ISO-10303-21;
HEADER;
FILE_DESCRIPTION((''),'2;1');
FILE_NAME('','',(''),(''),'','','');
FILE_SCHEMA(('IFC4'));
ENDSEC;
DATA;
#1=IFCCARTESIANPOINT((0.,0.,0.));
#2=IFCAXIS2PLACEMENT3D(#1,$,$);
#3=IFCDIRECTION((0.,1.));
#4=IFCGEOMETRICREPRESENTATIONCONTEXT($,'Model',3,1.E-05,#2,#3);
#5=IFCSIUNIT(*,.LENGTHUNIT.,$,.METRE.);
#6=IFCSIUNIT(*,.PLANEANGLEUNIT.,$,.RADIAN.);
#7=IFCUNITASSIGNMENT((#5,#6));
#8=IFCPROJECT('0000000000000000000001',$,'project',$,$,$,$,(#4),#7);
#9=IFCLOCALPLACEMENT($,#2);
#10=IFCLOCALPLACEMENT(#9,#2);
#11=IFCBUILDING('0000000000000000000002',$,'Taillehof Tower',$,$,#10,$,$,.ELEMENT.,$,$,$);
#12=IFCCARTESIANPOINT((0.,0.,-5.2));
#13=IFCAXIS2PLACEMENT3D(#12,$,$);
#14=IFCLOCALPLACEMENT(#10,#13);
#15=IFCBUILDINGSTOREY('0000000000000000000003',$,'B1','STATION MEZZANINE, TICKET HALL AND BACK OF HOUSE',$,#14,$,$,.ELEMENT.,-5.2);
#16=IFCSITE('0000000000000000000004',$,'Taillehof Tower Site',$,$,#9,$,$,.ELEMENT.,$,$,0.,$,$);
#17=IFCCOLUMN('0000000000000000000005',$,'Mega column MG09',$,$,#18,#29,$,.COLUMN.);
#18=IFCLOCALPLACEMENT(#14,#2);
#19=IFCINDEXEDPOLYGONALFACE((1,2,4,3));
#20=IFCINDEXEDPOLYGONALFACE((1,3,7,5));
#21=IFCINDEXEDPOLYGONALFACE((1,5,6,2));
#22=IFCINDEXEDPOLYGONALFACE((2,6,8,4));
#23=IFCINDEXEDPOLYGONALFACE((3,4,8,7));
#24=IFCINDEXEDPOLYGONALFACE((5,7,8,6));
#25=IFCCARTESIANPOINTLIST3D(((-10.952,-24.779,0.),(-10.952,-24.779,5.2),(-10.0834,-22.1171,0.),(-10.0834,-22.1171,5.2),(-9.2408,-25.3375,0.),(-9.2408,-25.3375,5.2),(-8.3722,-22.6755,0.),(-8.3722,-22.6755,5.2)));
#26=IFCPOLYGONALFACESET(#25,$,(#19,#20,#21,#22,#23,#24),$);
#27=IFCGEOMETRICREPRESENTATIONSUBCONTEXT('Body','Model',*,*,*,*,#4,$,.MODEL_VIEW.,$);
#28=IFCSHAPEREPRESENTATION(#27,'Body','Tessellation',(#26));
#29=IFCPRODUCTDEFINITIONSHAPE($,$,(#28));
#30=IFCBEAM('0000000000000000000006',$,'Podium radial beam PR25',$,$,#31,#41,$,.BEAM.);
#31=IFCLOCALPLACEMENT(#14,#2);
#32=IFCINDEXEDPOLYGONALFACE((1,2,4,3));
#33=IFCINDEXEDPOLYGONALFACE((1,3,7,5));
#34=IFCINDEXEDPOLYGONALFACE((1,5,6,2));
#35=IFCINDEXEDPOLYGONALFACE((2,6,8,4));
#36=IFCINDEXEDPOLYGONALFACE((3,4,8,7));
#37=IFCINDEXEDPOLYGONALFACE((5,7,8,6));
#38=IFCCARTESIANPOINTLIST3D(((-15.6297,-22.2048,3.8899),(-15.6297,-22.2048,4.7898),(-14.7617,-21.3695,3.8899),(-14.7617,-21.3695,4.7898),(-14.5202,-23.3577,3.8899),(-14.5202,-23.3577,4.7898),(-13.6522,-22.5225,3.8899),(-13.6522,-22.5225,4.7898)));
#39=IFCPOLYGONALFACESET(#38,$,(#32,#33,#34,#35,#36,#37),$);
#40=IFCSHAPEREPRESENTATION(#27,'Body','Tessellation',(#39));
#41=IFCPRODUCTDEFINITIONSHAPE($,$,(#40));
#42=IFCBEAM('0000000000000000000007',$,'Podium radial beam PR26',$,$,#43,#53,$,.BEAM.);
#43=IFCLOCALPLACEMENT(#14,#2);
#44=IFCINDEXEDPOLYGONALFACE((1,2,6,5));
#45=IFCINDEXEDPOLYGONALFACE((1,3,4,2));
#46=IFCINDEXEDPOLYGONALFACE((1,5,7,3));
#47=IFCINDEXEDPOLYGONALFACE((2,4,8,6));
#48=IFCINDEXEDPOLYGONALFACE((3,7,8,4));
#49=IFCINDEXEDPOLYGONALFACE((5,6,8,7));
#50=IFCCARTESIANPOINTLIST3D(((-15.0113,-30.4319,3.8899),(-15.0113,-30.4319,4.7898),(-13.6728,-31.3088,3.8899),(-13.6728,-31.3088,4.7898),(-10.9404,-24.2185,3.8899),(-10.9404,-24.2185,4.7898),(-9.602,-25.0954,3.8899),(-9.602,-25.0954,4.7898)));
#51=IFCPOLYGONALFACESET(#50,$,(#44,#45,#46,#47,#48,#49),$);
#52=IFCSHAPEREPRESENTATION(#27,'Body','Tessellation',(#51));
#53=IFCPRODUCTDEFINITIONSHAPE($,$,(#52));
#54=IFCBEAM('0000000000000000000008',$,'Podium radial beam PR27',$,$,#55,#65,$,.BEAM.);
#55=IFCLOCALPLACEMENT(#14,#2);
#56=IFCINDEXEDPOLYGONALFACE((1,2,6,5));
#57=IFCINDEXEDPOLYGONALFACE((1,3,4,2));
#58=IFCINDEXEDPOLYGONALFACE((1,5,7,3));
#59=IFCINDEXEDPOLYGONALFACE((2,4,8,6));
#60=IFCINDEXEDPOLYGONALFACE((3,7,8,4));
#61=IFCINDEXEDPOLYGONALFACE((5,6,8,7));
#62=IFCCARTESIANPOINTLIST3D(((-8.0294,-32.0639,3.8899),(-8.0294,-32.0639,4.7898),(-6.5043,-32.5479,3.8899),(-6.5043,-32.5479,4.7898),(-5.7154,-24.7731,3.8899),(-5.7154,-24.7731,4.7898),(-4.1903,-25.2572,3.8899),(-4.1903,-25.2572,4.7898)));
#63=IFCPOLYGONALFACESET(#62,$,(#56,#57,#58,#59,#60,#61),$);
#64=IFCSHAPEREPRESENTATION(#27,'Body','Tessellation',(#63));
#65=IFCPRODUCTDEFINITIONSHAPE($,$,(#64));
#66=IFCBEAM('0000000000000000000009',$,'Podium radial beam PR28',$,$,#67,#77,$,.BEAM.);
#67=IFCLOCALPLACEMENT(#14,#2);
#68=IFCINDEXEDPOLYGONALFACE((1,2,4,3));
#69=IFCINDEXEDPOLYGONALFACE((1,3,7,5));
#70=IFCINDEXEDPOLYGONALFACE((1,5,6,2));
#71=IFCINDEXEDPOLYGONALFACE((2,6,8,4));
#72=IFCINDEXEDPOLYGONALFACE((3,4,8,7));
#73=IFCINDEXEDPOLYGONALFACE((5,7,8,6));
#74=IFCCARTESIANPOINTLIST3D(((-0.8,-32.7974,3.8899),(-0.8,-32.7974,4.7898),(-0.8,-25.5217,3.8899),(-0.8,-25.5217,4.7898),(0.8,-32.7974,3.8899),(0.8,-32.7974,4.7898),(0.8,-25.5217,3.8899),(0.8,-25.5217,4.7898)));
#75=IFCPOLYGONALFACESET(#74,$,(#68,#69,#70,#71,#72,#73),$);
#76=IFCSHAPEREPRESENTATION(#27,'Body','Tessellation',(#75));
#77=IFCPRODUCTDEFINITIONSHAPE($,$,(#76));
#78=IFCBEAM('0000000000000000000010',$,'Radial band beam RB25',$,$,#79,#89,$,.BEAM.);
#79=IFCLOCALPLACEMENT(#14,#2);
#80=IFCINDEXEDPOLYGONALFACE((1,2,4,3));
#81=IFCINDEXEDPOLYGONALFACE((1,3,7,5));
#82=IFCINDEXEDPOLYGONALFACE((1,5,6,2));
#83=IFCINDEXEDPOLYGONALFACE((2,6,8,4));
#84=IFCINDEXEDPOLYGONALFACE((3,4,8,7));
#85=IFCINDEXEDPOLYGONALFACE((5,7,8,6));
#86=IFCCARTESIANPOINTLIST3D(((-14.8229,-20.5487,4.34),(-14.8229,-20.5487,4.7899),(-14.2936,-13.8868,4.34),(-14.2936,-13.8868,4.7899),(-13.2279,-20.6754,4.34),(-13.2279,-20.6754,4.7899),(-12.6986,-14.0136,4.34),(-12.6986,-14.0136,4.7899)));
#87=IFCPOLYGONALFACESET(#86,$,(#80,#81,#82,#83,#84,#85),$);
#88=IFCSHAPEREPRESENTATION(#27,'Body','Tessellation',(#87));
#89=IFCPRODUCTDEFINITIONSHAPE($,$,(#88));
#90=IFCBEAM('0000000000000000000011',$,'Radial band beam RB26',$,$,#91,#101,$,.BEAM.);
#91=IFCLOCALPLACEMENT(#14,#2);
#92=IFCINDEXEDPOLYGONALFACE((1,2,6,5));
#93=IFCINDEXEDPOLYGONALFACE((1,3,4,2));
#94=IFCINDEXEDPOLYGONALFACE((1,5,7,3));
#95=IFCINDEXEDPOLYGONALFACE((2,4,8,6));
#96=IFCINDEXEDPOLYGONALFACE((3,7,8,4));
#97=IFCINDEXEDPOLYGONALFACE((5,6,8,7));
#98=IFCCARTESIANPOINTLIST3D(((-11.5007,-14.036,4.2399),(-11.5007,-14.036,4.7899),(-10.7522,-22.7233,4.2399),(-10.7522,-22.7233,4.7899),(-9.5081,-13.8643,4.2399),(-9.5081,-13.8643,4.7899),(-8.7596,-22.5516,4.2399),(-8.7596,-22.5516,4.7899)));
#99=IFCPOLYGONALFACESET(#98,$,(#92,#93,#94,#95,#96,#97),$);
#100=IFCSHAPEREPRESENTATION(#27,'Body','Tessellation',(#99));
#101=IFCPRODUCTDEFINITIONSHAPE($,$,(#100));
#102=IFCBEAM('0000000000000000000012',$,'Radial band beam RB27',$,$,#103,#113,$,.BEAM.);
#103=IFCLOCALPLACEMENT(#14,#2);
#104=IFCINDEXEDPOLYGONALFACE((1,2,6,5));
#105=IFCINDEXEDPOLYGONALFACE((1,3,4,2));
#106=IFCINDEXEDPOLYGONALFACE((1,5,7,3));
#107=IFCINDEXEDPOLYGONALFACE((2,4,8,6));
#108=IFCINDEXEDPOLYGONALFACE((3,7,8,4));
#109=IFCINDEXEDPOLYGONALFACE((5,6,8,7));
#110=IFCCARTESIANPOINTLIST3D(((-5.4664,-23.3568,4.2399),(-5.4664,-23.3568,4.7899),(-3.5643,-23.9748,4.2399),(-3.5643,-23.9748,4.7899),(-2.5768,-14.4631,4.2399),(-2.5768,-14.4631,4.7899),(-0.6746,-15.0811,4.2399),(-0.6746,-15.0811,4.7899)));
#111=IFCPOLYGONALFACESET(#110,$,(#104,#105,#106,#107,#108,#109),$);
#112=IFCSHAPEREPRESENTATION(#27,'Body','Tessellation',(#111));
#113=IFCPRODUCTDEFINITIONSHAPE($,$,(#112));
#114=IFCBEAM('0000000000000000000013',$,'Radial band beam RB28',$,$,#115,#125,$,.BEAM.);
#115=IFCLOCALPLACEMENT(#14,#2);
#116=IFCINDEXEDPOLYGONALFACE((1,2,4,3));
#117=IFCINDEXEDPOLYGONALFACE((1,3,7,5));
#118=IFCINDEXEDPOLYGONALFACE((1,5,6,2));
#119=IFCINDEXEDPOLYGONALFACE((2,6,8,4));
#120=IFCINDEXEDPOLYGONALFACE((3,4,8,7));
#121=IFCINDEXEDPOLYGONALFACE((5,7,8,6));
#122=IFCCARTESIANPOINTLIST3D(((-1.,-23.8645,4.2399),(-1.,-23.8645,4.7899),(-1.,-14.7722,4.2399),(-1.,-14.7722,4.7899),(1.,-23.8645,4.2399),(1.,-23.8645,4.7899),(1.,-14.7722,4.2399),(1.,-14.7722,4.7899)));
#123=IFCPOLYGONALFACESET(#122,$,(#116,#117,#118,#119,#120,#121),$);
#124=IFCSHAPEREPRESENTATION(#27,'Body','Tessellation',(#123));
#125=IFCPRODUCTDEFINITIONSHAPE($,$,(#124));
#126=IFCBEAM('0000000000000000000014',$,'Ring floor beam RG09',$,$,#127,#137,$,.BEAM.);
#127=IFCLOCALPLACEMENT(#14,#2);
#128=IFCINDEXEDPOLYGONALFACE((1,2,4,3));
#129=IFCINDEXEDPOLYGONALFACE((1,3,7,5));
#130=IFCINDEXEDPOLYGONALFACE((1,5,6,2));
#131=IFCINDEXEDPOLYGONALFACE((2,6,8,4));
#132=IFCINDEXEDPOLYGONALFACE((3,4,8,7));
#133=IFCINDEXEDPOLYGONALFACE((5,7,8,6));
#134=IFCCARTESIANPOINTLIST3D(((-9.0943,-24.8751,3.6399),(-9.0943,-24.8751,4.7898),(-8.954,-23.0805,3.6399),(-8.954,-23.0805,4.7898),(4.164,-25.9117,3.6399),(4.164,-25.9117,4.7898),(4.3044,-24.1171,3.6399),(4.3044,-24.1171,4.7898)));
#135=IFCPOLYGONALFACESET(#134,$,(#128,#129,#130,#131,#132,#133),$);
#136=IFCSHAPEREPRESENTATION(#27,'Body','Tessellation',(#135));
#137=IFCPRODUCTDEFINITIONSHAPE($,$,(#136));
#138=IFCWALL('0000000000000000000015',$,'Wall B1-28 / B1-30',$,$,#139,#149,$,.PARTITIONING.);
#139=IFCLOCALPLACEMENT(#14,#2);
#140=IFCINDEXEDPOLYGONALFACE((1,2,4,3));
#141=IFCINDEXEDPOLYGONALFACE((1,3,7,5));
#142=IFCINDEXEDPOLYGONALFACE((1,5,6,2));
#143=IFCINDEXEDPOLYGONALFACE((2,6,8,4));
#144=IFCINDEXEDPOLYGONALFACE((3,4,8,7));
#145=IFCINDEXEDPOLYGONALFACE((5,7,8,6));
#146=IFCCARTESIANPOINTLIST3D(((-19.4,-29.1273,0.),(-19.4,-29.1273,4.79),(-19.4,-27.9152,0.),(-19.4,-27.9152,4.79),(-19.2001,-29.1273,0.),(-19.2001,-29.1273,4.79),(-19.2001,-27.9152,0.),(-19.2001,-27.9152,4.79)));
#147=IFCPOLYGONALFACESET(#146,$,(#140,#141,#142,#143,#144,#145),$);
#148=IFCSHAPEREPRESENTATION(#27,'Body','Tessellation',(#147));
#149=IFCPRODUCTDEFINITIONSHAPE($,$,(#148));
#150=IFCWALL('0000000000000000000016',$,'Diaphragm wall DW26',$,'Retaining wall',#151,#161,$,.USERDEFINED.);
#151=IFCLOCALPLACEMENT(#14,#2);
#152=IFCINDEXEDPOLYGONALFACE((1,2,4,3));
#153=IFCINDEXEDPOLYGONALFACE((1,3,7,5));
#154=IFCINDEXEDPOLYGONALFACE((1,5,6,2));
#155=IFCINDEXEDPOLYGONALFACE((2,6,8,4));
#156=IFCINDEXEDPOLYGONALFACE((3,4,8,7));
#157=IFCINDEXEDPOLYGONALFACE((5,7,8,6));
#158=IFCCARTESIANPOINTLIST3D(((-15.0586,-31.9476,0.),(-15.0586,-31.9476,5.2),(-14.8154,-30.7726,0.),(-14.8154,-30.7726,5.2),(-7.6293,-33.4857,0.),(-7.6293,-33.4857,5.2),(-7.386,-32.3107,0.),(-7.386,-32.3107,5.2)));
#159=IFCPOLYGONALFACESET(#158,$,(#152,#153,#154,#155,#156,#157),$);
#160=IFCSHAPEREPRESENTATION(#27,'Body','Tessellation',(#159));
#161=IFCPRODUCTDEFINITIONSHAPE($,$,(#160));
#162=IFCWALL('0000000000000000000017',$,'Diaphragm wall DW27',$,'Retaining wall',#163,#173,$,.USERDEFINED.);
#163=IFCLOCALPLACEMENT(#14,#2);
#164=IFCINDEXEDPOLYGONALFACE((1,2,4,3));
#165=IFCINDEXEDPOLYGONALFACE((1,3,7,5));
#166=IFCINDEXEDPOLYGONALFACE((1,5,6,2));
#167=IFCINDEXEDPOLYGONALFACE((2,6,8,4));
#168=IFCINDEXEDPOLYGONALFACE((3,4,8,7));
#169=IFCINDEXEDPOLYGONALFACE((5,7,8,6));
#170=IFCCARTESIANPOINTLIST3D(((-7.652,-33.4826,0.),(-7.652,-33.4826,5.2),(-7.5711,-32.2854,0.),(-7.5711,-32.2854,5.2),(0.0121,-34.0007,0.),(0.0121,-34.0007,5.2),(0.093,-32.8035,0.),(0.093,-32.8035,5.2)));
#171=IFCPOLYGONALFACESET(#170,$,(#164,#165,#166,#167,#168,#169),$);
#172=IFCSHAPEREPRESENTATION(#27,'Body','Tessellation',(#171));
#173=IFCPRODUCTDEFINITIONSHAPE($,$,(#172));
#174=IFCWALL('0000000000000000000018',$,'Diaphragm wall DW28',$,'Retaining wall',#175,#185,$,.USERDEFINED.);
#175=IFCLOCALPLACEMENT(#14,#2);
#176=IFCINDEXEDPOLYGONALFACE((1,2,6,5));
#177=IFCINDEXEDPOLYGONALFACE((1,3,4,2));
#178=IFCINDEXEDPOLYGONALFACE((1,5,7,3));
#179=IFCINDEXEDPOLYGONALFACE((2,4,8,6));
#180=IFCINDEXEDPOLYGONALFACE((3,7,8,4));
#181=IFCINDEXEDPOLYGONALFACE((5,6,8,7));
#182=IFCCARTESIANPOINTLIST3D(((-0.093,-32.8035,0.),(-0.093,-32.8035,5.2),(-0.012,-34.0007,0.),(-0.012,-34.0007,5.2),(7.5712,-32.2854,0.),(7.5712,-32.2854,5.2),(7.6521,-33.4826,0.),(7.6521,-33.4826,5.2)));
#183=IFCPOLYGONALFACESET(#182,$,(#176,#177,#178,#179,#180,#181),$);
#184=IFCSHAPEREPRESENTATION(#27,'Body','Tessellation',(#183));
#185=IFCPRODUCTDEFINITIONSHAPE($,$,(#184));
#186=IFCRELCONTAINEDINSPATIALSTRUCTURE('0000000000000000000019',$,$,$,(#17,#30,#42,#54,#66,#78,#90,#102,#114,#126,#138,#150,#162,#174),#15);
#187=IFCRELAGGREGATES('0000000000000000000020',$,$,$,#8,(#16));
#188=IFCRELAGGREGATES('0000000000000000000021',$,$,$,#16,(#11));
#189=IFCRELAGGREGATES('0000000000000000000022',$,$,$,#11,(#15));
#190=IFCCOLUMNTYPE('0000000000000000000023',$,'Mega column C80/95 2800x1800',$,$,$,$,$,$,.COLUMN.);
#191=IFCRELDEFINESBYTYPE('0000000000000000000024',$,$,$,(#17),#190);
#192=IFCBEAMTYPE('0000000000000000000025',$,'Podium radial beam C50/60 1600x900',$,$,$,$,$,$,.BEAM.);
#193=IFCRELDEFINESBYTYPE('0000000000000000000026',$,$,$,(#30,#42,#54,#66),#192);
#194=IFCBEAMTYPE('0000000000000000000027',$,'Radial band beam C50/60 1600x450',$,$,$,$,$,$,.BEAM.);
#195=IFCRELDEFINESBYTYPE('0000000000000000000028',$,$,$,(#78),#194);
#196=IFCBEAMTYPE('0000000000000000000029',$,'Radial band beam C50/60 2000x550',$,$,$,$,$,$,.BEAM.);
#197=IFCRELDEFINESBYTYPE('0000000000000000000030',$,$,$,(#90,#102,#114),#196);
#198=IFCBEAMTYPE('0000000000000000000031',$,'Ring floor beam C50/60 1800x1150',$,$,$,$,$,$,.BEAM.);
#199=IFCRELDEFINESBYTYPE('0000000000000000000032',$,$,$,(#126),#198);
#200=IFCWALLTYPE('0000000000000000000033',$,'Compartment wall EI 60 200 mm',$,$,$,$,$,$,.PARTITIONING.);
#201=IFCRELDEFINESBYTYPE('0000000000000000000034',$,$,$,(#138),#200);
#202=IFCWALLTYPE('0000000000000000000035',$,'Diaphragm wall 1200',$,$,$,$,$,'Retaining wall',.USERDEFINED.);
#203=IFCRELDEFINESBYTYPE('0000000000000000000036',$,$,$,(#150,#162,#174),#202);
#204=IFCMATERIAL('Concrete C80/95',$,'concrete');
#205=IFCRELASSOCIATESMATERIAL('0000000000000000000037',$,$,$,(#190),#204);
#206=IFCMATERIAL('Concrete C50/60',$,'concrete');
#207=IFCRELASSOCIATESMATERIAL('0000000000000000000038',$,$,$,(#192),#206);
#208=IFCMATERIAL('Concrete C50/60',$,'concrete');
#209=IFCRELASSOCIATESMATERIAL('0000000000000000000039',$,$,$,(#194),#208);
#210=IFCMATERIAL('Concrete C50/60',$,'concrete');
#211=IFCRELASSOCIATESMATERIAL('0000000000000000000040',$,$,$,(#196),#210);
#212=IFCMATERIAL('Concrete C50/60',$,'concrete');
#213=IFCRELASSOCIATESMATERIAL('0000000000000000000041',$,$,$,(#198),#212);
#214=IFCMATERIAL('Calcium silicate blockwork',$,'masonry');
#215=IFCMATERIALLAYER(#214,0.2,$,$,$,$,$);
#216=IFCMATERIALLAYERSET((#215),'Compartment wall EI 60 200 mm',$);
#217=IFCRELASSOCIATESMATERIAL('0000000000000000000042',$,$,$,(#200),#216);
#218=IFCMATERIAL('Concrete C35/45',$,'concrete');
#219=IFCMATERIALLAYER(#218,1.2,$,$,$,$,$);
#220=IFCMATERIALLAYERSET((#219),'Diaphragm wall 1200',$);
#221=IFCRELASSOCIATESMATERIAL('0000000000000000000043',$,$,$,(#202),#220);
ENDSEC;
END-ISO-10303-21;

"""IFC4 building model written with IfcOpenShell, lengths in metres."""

from ifc_helpers import new_model, si_unit, direction, frame, frame_2d, origin, origin_2d, place, context, subcontext, project, spatial, rectangle, extrude, material, layer, layer_set, material_profile, profile_set, type_object, element, save


model = new_model("IFC4")

# Units and contexts
model_context = context("Model", 3, precision=1e-05, world=origin(), true_north=direction((0.0, 1.0)))
body_context = subcontext(model_context, "Body", "Model", "MODEL_VIEW")
ifc_project = project(units=[si_unit("LENGTHUNIT", "METRE"), si_unit("PLANEANGLEUNIT", "RADIAN")], contexts=[model_context])

# Site, building, storey
site_placement = place(None, origin())
site = spatial("IfcSite", under=ifc_project, at=site_placement, Name="Taillehof Tower Site", CompositionType="ELEMENT", RefElevation=0.0)
building_placement = place(site_placement, origin())
building = spatial("IfcBuilding", under=site, at=building_placement, Name="Taillehof Tower", CompositionType="ELEMENT")
storey_placement = place(building_placement, frame((0.0, 0.0, -5.2)))
storey = spatial("IfcBuildingStorey", under=building, at=storey_placement, Name="B1", Description="STATION MEZZANINE, TICKET HALL AND BACK OF HOUSE", CompositionType="ELEMENT", Elevation=-5.2)

# Column
ifc_material_1 = material(Name="Concrete C80/95", Category="concrete")
ifc_material_profile_1 = material_profile(ifc_material_1, rectangle(XDim=2.8, YDim=1.8, at=origin_2d()), Name="RC 2800x1800")
ifc_profile_set_1 = profile_set([ifc_material_profile_1], Name="Concrete C80/95")
column_type = type_object("IfcColumnType", Name="Mega column C80/95 2800x1800", PredefinedType="COLUMN", material=ifc_profile_set_1)
column_placement = place(storey_placement, frame((-9.6621, -23.7273, 0.0), z_axis=(0.0, 0.0, 1.0), x_axis=(-0.310219, -0.950665, 0.0)))
element("IfcColumn", 1, at=column_placement, inside=storey, type_object=column_type, Name="Mega column MG09", PredefinedType="COLUMN", context=body_context, shape_type="SweptSolid", body=[
    extrude(rectangle(XDim=2.8, YDim=1.8, at=origin_2d()), origin(), (0.0, 0.0, 1.0), 5.2),
])

# Beams
ifc_material_2 = material(Name="Concrete C50/60", Category="concrete")
ifc_material_profile_2 = material_profile(ifc_material_2, rectangle(XDim=1.6001, YDim=0.8999, at=origin_2d()), Name="RC 1600x900")
ifc_profile_set_2 = profile_set([ifc_material_profile_2], Name="Concrete C50/60")
beam_type_1 = type_object("IfcBeamType", Name="Podium radial beam C50/60 1600x900", PredefinedType="BEAM", material=ifc_profile_set_2)
beam_1_placement = place(storey_placement, frame((-15.075, -22.7812, 4.3398), z_axis=(0.720556, 0.693396, 0.0), x_axis=(-0.693396, 0.720556, 0.0)))
element("IfcBeam", 2, at=beam_1_placement, inside=storey, type_object=beam_type_1, Name="Podium radial beam PR25", PredefinedType="BEAM", context=body_context, shape_type="SweptSolid", body=[
    extrude(rectangle(XDim=1.6001, YDim=0.8999, at=origin_2d()), origin(), (0.0, 0.0, 1.0), 1.2046),
])
beam_2_placement = place(storey_placement, frame((-14.342, -30.8704, 4.3398), z_axis=(0.548023, 0.836463, 0.0), x_axis=(-0.836463, 0.548023, 0.0)))
element("IfcBeam", 3, at=beam_2_placement, inside=storey, type_object=beam_type_1, Name="Podium radial beam PR26", PredefinedType="BEAM", context=body_context, shape_type="SweptSolid", body=[
    extrude(rectangle(XDim=1.6001, YDim=0.8999, at=origin_2d()), origin(), (0.0, 0.0, 1.0), 7.4282),
])
beam_3_placement = place(storey_placement, frame((-7.2668, -32.3059, 4.3398), z_axis=(0.302512, 0.953146, 0.0), x_axis=(-0.953146, 0.302512, 0.0)))
element("IfcBeam", 4, at=beam_3_placement, inside=storey, type_object=beam_type_1, Name="Podium radial beam PR27", PredefinedType="BEAM", context=body_context, shape_type="SweptSolid", body=[
    extrude(rectangle(XDim=1.6001, YDim=0.8999, at=origin_2d()), origin(), (0.0, 0.0, 1.0), 7.6492),
])
beam_4_placement = place(storey_placement, frame((0.0, -32.7974, 4.3398), z_axis=(0.0, 1.0, 0.0), x_axis=(-1.0, 0.0, 0.0)))
element("IfcBeam", 5, at=beam_4_placement, inside=storey, type_object=beam_type_1, Name="Podium radial beam PR28", PredefinedType="BEAM", context=body_context, shape_type="SweptSolid", body=[
    extrude(rectangle(XDim=1.6001, YDim=0.8999, at=origin_2d()), origin(), (0.0, 0.0, 1.0), 7.2756),
])
ifc_material_3 = material(Name="Concrete C50/60", Category="concrete")
ifc_material_profile_3 = material_profile(ifc_material_3, rectangle(XDim=1.6001, YDim=0.45, at=origin_2d()), Name="RC 1600x450")
ifc_profile_set_3 = profile_set([ifc_material_profile_3], Name="Concrete C50/60")
beam_type_2 = type_object("IfcBeamType", Name="Radial band beam C50/60 1600x450", PredefinedType="BEAM", material=ifc_profile_set_3)
beam_5_placement = place(storey_placement, frame((-14.0254, -20.6121, 4.5649), z_axis=(0.079202, 0.996859, 0.0), x_axis=(-0.996859, 0.079202, 0.0)))
element("IfcBeam", 6, at=beam_5_placement, inside=storey, type_object=beam_type_2, Name="Radial band beam RB25", PredefinedType="BEAM", context=body_context, shape_type="SweptSolid", body=[
    extrude(rectangle(XDim=1.6001, YDim=0.45, at=origin_2d()), origin(), (0.0, 0.0, 1.0), 6.6829),
])
ifc_material_4 = material(Name="Concrete C50/60", Category="concrete")
ifc_material_profile_4 = material_profile(ifc_material_4, rectangle(XDim=2.0, YDim=0.55, at=origin_2d()), Name="RC 2000x550")
ifc_profile_set_4 = profile_set([ifc_material_profile_4], Name="Concrete C50/60")
beam_type_3 = type_object("IfcBeamType", Name="Radial band beam C50/60 2000x550", PredefinedType="BEAM", material=ifc_profile_set_4)
beam_6_placement = place(storey_placement, frame((-9.7559, -22.6375, 4.5149), z_axis=(-0.085847, 0.996308, 0.0), x_axis=(-0.996308, -0.085847, 0.0)))
element("IfcBeam", 7, at=beam_6_placement, inside=storey, type_object=beam_type_3, Name="Radial band beam RB26", PredefinedType="BEAM", context=body_context, shape_type="SweptSolid", body=[
    extrude(rectangle(XDim=2.0, YDim=0.55, at=origin_2d()), origin(), (0.0, 0.0, 1.0), 8.7195),
])
beam_7_placement = place(storey_placement, frame((-4.5154, -23.6658, 4.5149), z_axis=(0.309013, 0.951058, 0.0), x_axis=(-0.951058, 0.309013, 0.0)))
element("IfcBeam", 8, at=beam_7_placement, inside=storey, type_object=beam_type_3, Name="Radial band beam RB27", PredefinedType="BEAM", context=body_context, shape_type="SweptSolid", body=[
    extrude(rectangle(XDim=2.0, YDim=0.55, at=origin_2d()), origin(), (0.0, 0.0, 1.0), 9.3513),
])
beam_8_placement = place(storey_placement, frame((0.0, -23.8645, 4.5149), z_axis=(0.0, 1.0, 0.0), x_axis=(-1.0, 0.0, 0.0)))
element("IfcBeam", 9, at=beam_8_placement, inside=storey, type_object=beam_type_3, Name="Radial band beam RB28", PredefinedType="BEAM", context=body_context, shape_type="SweptSolid", body=[
    extrude(rectangle(XDim=2.0, YDim=0.55, at=origin_2d()), origin(), (0.0, 0.0, 1.0), 9.0923),
])
ifc_material_5 = material(Name="Concrete C50/60", Category="concrete")
ifc_material_profile_5 = material_profile(ifc_material_5, rectangle(XDim=1.8, YDim=1.1499, at=origin_2d()), Name="RC 1800x1150")
ifc_profile_set_5 = profile_set([ifc_material_profile_5], Name="Concrete C50/60")
beam_type_4 = type_object("IfcBeamType", Name="Ring floor beam C50/60 1800x1150", PredefinedType="BEAM", material=ifc_profile_set_5)
beam_9_placement = place(storey_placement, frame((-9.0242, -23.9778, 4.2148), z_axis=(0.996957, -0.077949, 0.0), x_axis=(0.077949, 0.996957, 0.0)))
element("IfcBeam", 10, at=beam_9_placement, inside=storey, type_object=beam_type_4, Name="Ring floor beam RG09", PredefinedType="BEAM", context=body_context, shape_type="SweptSolid", body=[
    extrude(rectangle(XDim=1.8, YDim=1.1499, at=origin_2d()), origin(), (0.0, 0.0, 1.0), 13.2988),
])

# Walls
ifc_material_6 = material(Name="Calcium silicate blockwork", Category="masonry")
ifc_layer_1 = layer(ifc_material_6, 0.2)
ifc_layer_set_1 = layer_set([ifc_layer_1], Name="Compartment wall EI 60 200 mm")
wall_type_1 = type_object("IfcWallType", Name="Compartment wall EI 60 200 mm", PredefinedType="PARTITIONING", material=ifc_layer_set_1)
wall_1_placement = place(storey_placement, frame((-19.3, -29.1272, 0.0), z_axis=(0.0, 0.0, 1.0), x_axis=(0.0, 1.0, 0.0)))
element("IfcWall", 11, at=wall_1_placement, inside=storey, type_object=wall_type_1, Name="Wall B1-28 / B1-30", PredefinedType="PARTITIONING", context=body_context, shape_type="SweptSolid", body=[
    extrude(rectangle(XDim=1.2122, YDim=0.2, at=frame_2d((0.606, 0.0))), origin(), (0.0, 0.0, 1.0), 4.79),
])
ifc_material_7 = material(Name="Concrete C35/45", Category="concrete")
ifc_layer_2 = layer(ifc_material_7, 1.2)
ifc_layer_set_2 = layer_set([ifc_layer_2], Name="Diaphragm wall 1200")
wall_type_2 = type_object("IfcWallType", Name="Diaphragm wall 1200", ElementType="Retaining wall", PredefinedType="USERDEFINED", material=ifc_layer_set_2)
wall_2_placement = place(storey_placement, frame((-14.937, -31.3601, 0.0), z_axis=(0.0, 0.0, 1.0), x_axis=(0.979235, -0.202727, 0.0)))
element("IfcWall", 12, at=wall_2_placement, inside=storey, type_object=wall_type_2, Name="Diaphragm wall DW26", ObjectType="Retaining wall", PredefinedType="USERDEFINED", context=body_context, shape_type="SweptSolid", body=[
    extrude(rectangle(XDim=7.5869, YDim=1.2, at=frame_2d((3.7935, 0.0))), origin(), (0.0, 0.0, 1.0), 5.2),
])
for number, where, z_axis, x_axis, name in (
    (13, (-7.6116, -32.884, 0.0), (0.0, 0.0, 1.0), (0.997723, -0.067443, 0.0), "Diaphragm wall DW27"),
    (14, (-0.0525, -33.4021, 0.0), (0.0, 0.0, 1.0), (0.997723, 0.067443, 0.0), "Diaphragm wall DW28"),
):
    element("IfcWall", number, at=place(storey_placement, frame(where, z_axis=z_axis, x_axis=x_axis)), inside=storey, type_object=wall_type_2, Name=name, ObjectType="Retaining wall", PredefinedType="USERDEFINED", context=body_context, shape_type="SweptSolid", body=[
        extrude(rectangle(XDim=7.6816, YDim=1.2, at=frame_2d((3.8408, 0.0))), origin(), (0.0, 0.0, 1.0), 5.2),
    ])

save(model, "model.ifc")
